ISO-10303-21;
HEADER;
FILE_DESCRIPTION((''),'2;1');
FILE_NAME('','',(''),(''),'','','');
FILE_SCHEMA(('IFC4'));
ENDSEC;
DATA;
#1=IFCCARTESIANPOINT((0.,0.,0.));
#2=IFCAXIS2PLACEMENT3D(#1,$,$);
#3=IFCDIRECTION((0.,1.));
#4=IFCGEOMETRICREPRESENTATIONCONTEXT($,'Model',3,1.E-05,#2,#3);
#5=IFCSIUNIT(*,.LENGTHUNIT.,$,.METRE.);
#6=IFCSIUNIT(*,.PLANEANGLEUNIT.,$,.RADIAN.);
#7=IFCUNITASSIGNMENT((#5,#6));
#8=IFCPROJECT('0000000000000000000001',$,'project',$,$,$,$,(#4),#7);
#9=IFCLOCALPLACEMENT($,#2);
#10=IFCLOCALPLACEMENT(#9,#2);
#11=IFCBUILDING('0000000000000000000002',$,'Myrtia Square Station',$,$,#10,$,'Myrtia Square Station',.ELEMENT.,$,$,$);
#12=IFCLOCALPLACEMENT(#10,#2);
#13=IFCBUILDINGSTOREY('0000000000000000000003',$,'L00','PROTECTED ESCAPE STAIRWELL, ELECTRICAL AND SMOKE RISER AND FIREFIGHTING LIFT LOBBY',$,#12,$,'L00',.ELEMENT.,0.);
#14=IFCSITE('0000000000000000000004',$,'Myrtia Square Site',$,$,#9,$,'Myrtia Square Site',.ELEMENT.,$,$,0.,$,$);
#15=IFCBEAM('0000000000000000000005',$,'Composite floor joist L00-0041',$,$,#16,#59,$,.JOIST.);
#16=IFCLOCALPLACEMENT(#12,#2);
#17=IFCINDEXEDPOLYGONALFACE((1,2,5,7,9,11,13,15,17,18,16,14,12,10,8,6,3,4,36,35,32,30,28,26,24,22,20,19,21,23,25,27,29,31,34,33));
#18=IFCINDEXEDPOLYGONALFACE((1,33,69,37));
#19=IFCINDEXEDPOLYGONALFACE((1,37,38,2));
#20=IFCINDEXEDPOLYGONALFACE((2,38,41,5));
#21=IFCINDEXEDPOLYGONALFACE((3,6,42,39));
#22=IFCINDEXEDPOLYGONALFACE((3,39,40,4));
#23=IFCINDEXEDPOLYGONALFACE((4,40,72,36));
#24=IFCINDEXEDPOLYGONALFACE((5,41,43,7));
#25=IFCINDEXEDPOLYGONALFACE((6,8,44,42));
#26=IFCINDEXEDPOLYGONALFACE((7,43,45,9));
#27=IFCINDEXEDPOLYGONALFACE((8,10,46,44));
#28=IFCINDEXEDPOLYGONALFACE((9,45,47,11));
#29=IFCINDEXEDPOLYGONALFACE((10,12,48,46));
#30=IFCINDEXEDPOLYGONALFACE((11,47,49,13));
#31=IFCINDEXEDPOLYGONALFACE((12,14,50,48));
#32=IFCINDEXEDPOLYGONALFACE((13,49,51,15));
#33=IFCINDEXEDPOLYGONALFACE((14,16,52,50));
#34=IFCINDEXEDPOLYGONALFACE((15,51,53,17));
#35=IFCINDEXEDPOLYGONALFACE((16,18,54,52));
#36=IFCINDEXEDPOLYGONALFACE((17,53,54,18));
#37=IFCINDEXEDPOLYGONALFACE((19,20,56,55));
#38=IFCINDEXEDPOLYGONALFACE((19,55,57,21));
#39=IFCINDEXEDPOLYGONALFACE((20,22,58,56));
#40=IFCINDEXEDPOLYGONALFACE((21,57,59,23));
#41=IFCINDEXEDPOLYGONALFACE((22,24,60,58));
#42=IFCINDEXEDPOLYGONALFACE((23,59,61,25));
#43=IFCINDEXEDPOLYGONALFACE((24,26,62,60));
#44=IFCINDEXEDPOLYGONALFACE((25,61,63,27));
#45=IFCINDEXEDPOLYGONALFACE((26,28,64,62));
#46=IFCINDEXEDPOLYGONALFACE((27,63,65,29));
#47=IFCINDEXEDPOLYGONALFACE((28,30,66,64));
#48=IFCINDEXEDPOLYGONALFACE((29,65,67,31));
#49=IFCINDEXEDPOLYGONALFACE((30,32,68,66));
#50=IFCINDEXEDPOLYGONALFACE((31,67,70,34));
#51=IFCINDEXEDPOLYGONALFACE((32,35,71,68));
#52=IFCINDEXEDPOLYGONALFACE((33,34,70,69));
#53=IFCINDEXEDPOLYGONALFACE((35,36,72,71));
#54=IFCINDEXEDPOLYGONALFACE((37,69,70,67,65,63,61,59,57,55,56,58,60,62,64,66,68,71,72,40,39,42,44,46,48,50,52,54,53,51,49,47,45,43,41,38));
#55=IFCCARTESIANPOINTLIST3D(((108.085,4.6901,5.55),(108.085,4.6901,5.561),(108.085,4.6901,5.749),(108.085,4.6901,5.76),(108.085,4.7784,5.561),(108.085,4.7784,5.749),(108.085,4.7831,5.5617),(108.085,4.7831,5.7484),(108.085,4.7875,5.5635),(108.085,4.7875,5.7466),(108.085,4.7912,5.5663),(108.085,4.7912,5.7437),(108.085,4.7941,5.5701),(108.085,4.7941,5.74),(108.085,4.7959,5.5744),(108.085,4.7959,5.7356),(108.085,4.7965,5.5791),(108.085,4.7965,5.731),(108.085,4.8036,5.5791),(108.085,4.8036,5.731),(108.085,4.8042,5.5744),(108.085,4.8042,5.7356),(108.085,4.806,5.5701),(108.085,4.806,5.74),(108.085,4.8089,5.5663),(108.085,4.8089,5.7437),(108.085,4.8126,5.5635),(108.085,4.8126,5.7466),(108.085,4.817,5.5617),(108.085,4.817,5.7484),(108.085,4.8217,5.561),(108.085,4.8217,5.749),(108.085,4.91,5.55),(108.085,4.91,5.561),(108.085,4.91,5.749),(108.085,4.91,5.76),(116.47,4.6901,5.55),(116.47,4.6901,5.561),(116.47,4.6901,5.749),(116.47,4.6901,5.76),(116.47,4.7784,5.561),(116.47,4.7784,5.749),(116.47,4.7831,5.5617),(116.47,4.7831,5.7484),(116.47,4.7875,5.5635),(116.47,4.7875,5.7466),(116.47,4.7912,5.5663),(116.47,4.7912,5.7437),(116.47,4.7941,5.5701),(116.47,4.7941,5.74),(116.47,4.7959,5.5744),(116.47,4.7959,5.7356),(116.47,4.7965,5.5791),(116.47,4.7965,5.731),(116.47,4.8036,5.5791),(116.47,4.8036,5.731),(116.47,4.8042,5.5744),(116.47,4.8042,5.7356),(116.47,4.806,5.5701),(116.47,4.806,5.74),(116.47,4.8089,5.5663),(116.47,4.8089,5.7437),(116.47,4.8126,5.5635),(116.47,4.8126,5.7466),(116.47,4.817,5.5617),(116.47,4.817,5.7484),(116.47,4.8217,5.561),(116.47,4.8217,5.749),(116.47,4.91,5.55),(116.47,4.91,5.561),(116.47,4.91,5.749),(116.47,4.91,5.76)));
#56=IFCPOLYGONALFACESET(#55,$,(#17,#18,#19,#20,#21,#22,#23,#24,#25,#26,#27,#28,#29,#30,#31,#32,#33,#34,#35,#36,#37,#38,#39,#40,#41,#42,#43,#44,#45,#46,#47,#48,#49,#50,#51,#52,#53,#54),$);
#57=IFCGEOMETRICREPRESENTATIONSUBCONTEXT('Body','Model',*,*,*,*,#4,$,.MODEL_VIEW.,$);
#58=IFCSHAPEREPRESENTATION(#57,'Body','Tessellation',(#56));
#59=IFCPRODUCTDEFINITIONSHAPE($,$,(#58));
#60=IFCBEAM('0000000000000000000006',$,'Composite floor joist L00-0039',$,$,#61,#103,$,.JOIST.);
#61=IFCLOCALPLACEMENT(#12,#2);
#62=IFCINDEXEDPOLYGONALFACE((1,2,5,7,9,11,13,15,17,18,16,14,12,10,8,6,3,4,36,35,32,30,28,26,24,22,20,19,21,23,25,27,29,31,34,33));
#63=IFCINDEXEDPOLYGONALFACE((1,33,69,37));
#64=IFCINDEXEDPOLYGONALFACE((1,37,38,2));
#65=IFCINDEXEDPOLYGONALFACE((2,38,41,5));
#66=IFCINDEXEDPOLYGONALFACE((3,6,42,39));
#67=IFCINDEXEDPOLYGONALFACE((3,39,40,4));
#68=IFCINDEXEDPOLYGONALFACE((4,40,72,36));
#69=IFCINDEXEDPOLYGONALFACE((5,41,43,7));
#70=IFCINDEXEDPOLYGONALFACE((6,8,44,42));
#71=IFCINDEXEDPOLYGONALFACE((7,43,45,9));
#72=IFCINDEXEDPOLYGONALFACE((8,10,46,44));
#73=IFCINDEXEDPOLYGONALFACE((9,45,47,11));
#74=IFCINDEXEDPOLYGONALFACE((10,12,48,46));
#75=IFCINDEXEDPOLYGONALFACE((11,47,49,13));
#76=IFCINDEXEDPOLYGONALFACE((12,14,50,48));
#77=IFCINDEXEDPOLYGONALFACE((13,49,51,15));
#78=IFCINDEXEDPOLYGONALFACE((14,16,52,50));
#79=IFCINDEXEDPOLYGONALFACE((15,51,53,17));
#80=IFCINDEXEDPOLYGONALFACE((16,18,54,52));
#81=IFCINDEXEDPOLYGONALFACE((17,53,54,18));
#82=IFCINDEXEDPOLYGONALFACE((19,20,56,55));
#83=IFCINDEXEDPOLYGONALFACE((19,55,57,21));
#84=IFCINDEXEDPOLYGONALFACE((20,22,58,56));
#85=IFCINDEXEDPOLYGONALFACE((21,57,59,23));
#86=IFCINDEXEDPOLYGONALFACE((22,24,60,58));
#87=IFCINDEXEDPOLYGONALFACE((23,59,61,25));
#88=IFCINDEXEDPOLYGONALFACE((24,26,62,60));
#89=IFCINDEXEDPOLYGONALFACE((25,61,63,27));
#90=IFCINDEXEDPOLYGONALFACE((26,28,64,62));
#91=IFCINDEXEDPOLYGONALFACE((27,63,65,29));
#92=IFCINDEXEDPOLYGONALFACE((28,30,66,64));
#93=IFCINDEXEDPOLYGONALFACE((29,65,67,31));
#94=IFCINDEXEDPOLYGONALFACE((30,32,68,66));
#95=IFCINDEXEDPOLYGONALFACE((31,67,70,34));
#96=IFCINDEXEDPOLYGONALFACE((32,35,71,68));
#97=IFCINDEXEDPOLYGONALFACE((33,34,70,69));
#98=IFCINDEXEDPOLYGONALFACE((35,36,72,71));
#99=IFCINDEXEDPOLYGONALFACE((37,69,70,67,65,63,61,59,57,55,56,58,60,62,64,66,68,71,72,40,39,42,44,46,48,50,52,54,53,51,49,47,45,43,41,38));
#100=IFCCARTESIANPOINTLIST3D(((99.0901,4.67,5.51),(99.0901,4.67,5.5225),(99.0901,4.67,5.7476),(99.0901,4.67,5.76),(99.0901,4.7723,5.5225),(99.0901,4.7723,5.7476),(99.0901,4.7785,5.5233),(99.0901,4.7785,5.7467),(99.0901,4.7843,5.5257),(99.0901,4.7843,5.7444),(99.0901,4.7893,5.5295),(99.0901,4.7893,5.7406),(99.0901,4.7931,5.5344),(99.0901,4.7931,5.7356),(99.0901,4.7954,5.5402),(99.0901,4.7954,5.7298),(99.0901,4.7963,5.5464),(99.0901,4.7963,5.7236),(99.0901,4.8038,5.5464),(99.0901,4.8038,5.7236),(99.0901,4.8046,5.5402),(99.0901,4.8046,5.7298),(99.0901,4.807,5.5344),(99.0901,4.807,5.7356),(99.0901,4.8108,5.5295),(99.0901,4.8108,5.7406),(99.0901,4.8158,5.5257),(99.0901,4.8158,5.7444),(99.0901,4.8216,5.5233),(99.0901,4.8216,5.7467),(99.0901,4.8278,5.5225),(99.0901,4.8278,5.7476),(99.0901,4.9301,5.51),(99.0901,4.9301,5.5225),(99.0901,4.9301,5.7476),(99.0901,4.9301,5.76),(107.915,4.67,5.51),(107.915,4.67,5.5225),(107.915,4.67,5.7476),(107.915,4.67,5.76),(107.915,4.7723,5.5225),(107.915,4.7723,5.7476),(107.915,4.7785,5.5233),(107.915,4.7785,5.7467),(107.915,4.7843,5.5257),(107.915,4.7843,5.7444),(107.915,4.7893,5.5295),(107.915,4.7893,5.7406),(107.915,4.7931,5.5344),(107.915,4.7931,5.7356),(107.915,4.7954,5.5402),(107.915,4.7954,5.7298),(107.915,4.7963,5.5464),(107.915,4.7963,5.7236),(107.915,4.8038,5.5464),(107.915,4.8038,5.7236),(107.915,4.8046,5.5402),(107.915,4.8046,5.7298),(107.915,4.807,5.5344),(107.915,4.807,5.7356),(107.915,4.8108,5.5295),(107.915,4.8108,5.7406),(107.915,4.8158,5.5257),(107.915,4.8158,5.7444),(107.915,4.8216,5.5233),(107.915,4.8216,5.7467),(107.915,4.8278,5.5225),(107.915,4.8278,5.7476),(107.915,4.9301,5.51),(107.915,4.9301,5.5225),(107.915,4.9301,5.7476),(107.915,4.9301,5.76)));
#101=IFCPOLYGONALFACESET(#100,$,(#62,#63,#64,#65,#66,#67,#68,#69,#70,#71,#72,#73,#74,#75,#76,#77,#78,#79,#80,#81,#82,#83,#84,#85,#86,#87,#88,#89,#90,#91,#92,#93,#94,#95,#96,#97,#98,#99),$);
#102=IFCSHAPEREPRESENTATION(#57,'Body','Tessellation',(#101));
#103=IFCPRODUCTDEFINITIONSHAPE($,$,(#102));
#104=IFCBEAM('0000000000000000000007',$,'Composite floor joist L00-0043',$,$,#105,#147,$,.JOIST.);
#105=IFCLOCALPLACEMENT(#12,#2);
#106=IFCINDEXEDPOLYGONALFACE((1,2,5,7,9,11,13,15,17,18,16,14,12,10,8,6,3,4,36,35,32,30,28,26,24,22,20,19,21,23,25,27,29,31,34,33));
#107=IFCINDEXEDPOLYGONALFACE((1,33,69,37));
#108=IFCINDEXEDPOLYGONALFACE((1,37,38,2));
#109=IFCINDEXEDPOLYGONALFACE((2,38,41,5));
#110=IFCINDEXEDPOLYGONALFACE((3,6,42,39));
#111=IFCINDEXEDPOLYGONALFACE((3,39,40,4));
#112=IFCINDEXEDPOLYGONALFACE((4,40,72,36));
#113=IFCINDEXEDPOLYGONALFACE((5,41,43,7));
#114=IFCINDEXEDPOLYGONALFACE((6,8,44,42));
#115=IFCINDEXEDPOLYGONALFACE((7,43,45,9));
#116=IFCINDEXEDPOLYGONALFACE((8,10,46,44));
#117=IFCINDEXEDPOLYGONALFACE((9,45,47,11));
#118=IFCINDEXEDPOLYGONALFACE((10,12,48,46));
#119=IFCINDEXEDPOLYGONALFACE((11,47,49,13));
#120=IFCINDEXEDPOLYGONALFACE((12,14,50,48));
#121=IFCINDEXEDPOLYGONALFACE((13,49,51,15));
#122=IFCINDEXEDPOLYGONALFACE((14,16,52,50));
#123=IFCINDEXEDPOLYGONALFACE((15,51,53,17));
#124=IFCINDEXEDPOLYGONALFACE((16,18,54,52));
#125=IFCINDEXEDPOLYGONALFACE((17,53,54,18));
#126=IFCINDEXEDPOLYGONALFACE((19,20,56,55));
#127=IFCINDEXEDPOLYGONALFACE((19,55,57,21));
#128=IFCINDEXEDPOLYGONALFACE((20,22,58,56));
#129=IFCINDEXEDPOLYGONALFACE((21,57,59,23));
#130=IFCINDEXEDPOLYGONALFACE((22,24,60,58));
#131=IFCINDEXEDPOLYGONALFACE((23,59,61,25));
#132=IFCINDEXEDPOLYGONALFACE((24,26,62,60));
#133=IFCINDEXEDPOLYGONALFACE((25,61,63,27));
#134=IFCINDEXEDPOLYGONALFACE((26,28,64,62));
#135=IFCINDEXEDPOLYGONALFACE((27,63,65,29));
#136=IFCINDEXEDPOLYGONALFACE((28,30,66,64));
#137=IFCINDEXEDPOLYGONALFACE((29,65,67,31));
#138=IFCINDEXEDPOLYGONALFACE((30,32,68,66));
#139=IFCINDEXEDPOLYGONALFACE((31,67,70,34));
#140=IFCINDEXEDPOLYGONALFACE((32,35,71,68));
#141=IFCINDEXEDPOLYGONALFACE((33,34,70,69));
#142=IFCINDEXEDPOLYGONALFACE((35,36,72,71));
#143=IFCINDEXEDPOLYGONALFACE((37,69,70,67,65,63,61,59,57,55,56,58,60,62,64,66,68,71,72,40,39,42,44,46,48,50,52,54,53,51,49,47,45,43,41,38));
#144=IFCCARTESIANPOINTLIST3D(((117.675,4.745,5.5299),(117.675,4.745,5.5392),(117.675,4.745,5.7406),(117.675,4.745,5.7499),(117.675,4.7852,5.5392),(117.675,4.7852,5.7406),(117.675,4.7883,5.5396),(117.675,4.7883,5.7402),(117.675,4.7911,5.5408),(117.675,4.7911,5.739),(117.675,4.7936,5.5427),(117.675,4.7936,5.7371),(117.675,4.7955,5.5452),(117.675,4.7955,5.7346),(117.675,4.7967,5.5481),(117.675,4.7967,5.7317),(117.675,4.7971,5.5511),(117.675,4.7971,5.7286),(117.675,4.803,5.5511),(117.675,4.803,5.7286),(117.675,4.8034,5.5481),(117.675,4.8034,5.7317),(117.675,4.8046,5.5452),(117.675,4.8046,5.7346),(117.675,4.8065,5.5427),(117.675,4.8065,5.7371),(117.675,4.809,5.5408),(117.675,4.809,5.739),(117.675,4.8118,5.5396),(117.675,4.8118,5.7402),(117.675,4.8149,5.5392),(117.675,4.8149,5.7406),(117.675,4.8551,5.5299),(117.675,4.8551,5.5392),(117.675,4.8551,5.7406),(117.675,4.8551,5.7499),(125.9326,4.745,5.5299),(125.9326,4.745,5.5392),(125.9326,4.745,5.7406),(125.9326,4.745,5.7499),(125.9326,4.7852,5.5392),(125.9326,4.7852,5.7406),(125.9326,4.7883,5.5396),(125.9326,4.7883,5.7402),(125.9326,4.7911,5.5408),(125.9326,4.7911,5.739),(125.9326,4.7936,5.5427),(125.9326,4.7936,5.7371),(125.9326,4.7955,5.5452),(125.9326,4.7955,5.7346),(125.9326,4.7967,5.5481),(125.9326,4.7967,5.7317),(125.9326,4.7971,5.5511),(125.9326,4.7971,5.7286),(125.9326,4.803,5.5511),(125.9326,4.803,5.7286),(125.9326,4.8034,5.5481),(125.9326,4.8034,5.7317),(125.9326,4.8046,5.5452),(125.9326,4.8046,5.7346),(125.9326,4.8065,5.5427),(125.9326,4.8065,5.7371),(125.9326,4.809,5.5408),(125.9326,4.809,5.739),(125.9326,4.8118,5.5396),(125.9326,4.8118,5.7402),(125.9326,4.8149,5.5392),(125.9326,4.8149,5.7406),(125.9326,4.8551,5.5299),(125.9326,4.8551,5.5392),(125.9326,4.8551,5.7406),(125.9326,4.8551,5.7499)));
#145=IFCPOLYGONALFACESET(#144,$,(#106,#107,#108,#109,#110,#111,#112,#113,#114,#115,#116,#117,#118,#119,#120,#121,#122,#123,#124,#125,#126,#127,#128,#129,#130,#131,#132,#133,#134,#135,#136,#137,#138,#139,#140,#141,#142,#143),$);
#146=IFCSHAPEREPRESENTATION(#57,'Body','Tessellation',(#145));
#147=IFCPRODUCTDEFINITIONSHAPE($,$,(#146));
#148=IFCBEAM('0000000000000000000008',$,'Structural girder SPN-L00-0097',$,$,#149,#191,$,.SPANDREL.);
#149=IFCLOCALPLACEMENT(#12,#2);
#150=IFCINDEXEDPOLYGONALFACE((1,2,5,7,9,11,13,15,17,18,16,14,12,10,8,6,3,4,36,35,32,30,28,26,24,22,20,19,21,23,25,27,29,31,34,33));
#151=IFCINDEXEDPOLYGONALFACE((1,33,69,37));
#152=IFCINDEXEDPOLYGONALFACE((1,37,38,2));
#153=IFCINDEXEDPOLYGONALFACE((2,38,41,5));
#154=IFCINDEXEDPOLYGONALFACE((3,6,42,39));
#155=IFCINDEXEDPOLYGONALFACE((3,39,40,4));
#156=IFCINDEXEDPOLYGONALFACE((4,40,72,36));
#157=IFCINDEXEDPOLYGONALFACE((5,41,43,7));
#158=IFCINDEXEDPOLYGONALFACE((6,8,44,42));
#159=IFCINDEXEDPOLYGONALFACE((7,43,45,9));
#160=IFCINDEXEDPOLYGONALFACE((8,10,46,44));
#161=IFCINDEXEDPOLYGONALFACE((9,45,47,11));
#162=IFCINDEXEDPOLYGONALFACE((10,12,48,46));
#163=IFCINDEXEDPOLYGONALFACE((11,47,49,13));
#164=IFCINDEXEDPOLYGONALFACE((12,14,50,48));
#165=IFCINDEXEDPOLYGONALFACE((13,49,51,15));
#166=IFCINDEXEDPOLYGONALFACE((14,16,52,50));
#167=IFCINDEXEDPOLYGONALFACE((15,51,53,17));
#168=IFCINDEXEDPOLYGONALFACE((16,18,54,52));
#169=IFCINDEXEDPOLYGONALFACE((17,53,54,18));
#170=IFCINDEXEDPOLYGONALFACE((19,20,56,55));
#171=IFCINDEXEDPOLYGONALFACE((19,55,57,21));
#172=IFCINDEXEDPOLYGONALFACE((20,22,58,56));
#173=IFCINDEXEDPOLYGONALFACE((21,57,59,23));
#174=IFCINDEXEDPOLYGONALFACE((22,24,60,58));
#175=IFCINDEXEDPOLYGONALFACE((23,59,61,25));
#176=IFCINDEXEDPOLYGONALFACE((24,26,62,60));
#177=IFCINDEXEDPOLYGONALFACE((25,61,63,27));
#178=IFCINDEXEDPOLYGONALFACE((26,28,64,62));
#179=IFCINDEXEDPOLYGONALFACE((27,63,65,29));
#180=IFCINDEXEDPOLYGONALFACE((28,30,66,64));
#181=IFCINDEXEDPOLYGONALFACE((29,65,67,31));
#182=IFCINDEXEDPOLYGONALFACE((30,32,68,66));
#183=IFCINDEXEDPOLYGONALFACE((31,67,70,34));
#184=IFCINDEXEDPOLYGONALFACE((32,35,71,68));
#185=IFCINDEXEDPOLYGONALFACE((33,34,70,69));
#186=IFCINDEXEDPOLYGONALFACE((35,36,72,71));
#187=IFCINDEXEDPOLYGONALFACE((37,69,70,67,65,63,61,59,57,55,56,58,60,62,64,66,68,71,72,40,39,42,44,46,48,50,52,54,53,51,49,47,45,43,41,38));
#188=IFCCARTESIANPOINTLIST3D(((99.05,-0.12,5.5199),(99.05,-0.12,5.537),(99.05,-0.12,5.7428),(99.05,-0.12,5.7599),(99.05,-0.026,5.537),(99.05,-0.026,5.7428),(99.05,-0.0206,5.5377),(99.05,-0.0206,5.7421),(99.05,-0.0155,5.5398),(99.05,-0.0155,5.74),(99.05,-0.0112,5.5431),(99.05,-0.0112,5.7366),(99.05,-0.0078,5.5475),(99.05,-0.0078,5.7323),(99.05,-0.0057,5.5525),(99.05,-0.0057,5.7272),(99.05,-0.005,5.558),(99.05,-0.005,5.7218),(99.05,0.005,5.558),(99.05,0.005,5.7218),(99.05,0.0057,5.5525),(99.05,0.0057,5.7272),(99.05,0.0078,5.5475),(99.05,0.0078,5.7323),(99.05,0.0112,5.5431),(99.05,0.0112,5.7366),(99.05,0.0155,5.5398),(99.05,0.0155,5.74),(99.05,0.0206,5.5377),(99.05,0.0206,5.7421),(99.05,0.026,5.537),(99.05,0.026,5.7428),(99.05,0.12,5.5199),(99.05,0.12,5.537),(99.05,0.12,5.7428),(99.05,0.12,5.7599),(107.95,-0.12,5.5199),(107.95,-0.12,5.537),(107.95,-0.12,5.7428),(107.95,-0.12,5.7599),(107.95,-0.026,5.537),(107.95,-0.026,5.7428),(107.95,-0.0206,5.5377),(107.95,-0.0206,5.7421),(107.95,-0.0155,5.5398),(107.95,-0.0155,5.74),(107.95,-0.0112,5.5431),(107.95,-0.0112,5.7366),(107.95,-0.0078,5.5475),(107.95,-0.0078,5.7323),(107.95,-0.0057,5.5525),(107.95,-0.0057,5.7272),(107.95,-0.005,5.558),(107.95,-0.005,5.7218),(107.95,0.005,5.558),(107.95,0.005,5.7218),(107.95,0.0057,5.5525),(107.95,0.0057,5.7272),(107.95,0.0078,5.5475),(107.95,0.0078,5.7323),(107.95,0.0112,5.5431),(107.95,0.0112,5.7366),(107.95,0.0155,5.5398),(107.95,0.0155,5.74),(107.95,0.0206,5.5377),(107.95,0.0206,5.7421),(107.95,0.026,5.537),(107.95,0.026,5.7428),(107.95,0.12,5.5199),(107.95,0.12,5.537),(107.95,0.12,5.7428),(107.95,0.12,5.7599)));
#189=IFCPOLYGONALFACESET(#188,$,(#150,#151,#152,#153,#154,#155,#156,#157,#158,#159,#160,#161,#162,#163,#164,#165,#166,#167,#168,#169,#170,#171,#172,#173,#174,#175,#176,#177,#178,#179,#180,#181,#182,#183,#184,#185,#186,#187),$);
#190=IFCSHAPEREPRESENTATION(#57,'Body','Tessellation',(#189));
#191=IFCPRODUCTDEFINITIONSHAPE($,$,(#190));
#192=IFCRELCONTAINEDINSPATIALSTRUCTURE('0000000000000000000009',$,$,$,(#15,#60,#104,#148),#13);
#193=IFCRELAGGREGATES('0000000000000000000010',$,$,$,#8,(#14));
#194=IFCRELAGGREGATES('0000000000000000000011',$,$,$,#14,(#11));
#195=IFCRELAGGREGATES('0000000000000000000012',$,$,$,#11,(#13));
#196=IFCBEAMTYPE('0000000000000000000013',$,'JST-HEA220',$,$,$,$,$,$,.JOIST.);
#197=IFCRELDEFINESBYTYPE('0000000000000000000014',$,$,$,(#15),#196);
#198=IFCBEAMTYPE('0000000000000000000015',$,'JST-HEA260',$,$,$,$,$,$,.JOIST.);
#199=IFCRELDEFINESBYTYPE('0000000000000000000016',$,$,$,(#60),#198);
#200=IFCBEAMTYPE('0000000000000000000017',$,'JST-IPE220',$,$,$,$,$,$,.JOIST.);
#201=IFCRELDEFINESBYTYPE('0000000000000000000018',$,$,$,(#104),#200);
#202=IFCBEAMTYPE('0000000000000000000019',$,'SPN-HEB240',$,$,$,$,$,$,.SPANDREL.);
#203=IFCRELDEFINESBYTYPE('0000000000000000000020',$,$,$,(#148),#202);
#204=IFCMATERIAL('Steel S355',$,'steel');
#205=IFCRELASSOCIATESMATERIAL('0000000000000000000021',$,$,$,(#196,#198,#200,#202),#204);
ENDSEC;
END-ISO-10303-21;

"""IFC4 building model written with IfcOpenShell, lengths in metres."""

from ifc_helpers import new_model, si_unit, direction, frame, origin, origin_2d, place, context, subcontext, project, spatial, i_section, extrude, material, material_profile, profile_set, type_object, element, save


model = new_model("IFC4")

# Units and contexts
model_context = context("Model", 3, precision=1e-05, world=origin(), true_north=direction((0.0, 1.0)))
body_context = subcontext(model_context, "Body", "Model", "MODEL_VIEW")
ifc_project = project(units=[si_unit("LENGTHUNIT", "METRE"), si_unit("PLANEANGLEUNIT", "RADIAN")], contexts=[model_context])

# Site, building, storey
site_placement = place(None, origin())
site = spatial("IfcSite", under=ifc_project, at=site_placement, Name="Myrtia Square Site", LongName="Myrtia Square Site", CompositionType="ELEMENT", RefElevation=0.0)
building_placement = place(site_placement, origin())
building = spatial("IfcBuilding", under=site, at=building_placement, Name="Myrtia Square Station", LongName="Myrtia Square Station", CompositionType="ELEMENT")
storey_placement = place(building_placement, origin())
storey = spatial("IfcBuildingStorey", under=building, at=storey_placement, Name="L00", Description="PROTECTED ESCAPE STAIRWELL, ELECTRICAL AND SMOKE RISER AND FIREFIGHTING LIFT LOBBY", LongName="L00", CompositionType="ELEMENT", Elevation=0.0)

# Shared definitions
ifc_material_1 = material(Name="Steel S355", Category="steel")

# Beams
ifc_material_profile_1 = material_profile(ifc_material_1, i_section(OverallWidth=0.22, OverallDepth=0.21, WebThickness=0.0071, FlangeThickness=0.011, FilletRadius=0.0181, at=origin_2d()), Name="HEA 220")
ifc_profile_set_1 = profile_set([ifc_material_profile_1], Name="Steel S355")
beam_type_1 = type_object("IfcBeamType", Name="JST-HEA220", PredefinedType="JOIST", material=ifc_profile_set_1)
beam_1_placement = place(storey_placement, frame((108.085, 4.8, 5.655), z_axis=(1.0, 0.0, 0.0), x_axis=(0.0, 1.0, 0.0)))
element("IfcBeam", 1, at=beam_1_placement, inside=storey, type_object=beam_type_1, Name="Composite floor joist L00-0041", PredefinedType="JOIST", context=body_context, shape_type="SweptSolid", body=[
    extrude(i_section(OverallWidth=0.22, OverallDepth=0.21, WebThickness=0.0071, FlangeThickness=0.011, FilletRadius=0.0181, at=origin_2d()), origin(), (0.0, 0.0, 1.0), 8.385),
])
ifc_material_profile_2 = material_profile(ifc_material_1, i_section(OverallWidth=0.26, OverallDepth=0.25, WebThickness=0.0076, FlangeThickness=0.0125, FilletRadius=0.0239, at=origin_2d()), Name="HEA 260")
ifc_profile_set_2 = profile_set([ifc_material_profile_2], Name="Steel S355")
beam_type_2 = type_object("IfcBeamType", Name="JST-HEA260", PredefinedType="JOIST", material=ifc_profile_set_2)
beam_2_placement = place(storey_placement, frame((99.0901, 4.8, 5.635), z_axis=(1.0, 0.0, 0.0), x_axis=(0.0, 1.0, 0.0)))
element("IfcBeam", 2, at=beam_2_placement, inside=storey, type_object=beam_type_2, Name="Composite floor joist L00-0039", PredefinedType="JOIST", context=body_context, shape_type="SweptSolid", body=[
    extrude(i_section(OverallWidth=0.26, OverallDepth=0.25, WebThickness=0.0076, FlangeThickness=0.0125, FilletRadius=0.0239, at=origin_2d()), origin(), (0.0, 0.0, 1.0), 8.825),
])
ifc_material_profile_3 = material_profile(ifc_material_1, i_section(OverallWidth=0.1101, OverallDepth=0.22, WebThickness=0.0059, FlangeThickness=0.0093, FilletRadius=0.012, at=origin_2d()), Name="IPE 220")
ifc_profile_set_3 = profile_set([ifc_material_profile_3], Name="Steel S355")
beam_type_3 = type_object("IfcBeamType", Name="JST-IPE220", PredefinedType="JOIST", material=ifc_profile_set_3)
beam_3_placement = place(storey_placement, frame((117.675, 4.8, 5.6399), z_axis=(1.0, 0.0, 0.0), x_axis=(0.0, 1.0, 0.0)))
element("IfcBeam", 3, at=beam_3_placement, inside=storey, type_object=beam_type_3, Name="Composite floor joist L00-0043", PredefinedType="JOIST", context=body_context, shape_type="SweptSolid", body=[
    extrude(i_section(OverallWidth=0.1101, OverallDepth=0.22, WebThickness=0.0059, FlangeThickness=0.0093, FilletRadius=0.012, at=origin_2d()), origin(), (0.0, 0.0, 1.0), 8.2576),
])
ifc_material_profile_4 = material_profile(ifc_material_1, i_section(OverallWidth=0.24, OverallDepth=0.24, WebThickness=0.01, FlangeThickness=0.0171, FilletRadius=0.021, at=origin_2d()), Name="HEB 240")
ifc_profile_set_4 = profile_set([ifc_material_profile_4], Name="Steel S355")
beam_type_4 = type_object("IfcBeamType", Name="SPN-HEB240", PredefinedType="SPANDREL", material=ifc_profile_set_4)
beam_4_placement = place(storey_placement, frame((99.05, 0.0, 5.6399), z_axis=(1.0, 0.0, 0.0), x_axis=(0.0, 1.0, 0.0)))
element("IfcBeam", 4, at=beam_4_placement, inside=storey, type_object=beam_type_4, Name="Structural girder SPN-L00-0097", PredefinedType="SPANDREL", context=body_context, shape_type="SweptSolid", body=[
    extrude(i_section(OverallWidth=0.24, OverallDepth=0.24, WebThickness=0.01, FlangeThickness=0.0171, FilletRadius=0.021, at=origin_2d()), origin(), (0.0, 0.0, 1.0), 8.8999),
])

save(model, "model.ifc")
